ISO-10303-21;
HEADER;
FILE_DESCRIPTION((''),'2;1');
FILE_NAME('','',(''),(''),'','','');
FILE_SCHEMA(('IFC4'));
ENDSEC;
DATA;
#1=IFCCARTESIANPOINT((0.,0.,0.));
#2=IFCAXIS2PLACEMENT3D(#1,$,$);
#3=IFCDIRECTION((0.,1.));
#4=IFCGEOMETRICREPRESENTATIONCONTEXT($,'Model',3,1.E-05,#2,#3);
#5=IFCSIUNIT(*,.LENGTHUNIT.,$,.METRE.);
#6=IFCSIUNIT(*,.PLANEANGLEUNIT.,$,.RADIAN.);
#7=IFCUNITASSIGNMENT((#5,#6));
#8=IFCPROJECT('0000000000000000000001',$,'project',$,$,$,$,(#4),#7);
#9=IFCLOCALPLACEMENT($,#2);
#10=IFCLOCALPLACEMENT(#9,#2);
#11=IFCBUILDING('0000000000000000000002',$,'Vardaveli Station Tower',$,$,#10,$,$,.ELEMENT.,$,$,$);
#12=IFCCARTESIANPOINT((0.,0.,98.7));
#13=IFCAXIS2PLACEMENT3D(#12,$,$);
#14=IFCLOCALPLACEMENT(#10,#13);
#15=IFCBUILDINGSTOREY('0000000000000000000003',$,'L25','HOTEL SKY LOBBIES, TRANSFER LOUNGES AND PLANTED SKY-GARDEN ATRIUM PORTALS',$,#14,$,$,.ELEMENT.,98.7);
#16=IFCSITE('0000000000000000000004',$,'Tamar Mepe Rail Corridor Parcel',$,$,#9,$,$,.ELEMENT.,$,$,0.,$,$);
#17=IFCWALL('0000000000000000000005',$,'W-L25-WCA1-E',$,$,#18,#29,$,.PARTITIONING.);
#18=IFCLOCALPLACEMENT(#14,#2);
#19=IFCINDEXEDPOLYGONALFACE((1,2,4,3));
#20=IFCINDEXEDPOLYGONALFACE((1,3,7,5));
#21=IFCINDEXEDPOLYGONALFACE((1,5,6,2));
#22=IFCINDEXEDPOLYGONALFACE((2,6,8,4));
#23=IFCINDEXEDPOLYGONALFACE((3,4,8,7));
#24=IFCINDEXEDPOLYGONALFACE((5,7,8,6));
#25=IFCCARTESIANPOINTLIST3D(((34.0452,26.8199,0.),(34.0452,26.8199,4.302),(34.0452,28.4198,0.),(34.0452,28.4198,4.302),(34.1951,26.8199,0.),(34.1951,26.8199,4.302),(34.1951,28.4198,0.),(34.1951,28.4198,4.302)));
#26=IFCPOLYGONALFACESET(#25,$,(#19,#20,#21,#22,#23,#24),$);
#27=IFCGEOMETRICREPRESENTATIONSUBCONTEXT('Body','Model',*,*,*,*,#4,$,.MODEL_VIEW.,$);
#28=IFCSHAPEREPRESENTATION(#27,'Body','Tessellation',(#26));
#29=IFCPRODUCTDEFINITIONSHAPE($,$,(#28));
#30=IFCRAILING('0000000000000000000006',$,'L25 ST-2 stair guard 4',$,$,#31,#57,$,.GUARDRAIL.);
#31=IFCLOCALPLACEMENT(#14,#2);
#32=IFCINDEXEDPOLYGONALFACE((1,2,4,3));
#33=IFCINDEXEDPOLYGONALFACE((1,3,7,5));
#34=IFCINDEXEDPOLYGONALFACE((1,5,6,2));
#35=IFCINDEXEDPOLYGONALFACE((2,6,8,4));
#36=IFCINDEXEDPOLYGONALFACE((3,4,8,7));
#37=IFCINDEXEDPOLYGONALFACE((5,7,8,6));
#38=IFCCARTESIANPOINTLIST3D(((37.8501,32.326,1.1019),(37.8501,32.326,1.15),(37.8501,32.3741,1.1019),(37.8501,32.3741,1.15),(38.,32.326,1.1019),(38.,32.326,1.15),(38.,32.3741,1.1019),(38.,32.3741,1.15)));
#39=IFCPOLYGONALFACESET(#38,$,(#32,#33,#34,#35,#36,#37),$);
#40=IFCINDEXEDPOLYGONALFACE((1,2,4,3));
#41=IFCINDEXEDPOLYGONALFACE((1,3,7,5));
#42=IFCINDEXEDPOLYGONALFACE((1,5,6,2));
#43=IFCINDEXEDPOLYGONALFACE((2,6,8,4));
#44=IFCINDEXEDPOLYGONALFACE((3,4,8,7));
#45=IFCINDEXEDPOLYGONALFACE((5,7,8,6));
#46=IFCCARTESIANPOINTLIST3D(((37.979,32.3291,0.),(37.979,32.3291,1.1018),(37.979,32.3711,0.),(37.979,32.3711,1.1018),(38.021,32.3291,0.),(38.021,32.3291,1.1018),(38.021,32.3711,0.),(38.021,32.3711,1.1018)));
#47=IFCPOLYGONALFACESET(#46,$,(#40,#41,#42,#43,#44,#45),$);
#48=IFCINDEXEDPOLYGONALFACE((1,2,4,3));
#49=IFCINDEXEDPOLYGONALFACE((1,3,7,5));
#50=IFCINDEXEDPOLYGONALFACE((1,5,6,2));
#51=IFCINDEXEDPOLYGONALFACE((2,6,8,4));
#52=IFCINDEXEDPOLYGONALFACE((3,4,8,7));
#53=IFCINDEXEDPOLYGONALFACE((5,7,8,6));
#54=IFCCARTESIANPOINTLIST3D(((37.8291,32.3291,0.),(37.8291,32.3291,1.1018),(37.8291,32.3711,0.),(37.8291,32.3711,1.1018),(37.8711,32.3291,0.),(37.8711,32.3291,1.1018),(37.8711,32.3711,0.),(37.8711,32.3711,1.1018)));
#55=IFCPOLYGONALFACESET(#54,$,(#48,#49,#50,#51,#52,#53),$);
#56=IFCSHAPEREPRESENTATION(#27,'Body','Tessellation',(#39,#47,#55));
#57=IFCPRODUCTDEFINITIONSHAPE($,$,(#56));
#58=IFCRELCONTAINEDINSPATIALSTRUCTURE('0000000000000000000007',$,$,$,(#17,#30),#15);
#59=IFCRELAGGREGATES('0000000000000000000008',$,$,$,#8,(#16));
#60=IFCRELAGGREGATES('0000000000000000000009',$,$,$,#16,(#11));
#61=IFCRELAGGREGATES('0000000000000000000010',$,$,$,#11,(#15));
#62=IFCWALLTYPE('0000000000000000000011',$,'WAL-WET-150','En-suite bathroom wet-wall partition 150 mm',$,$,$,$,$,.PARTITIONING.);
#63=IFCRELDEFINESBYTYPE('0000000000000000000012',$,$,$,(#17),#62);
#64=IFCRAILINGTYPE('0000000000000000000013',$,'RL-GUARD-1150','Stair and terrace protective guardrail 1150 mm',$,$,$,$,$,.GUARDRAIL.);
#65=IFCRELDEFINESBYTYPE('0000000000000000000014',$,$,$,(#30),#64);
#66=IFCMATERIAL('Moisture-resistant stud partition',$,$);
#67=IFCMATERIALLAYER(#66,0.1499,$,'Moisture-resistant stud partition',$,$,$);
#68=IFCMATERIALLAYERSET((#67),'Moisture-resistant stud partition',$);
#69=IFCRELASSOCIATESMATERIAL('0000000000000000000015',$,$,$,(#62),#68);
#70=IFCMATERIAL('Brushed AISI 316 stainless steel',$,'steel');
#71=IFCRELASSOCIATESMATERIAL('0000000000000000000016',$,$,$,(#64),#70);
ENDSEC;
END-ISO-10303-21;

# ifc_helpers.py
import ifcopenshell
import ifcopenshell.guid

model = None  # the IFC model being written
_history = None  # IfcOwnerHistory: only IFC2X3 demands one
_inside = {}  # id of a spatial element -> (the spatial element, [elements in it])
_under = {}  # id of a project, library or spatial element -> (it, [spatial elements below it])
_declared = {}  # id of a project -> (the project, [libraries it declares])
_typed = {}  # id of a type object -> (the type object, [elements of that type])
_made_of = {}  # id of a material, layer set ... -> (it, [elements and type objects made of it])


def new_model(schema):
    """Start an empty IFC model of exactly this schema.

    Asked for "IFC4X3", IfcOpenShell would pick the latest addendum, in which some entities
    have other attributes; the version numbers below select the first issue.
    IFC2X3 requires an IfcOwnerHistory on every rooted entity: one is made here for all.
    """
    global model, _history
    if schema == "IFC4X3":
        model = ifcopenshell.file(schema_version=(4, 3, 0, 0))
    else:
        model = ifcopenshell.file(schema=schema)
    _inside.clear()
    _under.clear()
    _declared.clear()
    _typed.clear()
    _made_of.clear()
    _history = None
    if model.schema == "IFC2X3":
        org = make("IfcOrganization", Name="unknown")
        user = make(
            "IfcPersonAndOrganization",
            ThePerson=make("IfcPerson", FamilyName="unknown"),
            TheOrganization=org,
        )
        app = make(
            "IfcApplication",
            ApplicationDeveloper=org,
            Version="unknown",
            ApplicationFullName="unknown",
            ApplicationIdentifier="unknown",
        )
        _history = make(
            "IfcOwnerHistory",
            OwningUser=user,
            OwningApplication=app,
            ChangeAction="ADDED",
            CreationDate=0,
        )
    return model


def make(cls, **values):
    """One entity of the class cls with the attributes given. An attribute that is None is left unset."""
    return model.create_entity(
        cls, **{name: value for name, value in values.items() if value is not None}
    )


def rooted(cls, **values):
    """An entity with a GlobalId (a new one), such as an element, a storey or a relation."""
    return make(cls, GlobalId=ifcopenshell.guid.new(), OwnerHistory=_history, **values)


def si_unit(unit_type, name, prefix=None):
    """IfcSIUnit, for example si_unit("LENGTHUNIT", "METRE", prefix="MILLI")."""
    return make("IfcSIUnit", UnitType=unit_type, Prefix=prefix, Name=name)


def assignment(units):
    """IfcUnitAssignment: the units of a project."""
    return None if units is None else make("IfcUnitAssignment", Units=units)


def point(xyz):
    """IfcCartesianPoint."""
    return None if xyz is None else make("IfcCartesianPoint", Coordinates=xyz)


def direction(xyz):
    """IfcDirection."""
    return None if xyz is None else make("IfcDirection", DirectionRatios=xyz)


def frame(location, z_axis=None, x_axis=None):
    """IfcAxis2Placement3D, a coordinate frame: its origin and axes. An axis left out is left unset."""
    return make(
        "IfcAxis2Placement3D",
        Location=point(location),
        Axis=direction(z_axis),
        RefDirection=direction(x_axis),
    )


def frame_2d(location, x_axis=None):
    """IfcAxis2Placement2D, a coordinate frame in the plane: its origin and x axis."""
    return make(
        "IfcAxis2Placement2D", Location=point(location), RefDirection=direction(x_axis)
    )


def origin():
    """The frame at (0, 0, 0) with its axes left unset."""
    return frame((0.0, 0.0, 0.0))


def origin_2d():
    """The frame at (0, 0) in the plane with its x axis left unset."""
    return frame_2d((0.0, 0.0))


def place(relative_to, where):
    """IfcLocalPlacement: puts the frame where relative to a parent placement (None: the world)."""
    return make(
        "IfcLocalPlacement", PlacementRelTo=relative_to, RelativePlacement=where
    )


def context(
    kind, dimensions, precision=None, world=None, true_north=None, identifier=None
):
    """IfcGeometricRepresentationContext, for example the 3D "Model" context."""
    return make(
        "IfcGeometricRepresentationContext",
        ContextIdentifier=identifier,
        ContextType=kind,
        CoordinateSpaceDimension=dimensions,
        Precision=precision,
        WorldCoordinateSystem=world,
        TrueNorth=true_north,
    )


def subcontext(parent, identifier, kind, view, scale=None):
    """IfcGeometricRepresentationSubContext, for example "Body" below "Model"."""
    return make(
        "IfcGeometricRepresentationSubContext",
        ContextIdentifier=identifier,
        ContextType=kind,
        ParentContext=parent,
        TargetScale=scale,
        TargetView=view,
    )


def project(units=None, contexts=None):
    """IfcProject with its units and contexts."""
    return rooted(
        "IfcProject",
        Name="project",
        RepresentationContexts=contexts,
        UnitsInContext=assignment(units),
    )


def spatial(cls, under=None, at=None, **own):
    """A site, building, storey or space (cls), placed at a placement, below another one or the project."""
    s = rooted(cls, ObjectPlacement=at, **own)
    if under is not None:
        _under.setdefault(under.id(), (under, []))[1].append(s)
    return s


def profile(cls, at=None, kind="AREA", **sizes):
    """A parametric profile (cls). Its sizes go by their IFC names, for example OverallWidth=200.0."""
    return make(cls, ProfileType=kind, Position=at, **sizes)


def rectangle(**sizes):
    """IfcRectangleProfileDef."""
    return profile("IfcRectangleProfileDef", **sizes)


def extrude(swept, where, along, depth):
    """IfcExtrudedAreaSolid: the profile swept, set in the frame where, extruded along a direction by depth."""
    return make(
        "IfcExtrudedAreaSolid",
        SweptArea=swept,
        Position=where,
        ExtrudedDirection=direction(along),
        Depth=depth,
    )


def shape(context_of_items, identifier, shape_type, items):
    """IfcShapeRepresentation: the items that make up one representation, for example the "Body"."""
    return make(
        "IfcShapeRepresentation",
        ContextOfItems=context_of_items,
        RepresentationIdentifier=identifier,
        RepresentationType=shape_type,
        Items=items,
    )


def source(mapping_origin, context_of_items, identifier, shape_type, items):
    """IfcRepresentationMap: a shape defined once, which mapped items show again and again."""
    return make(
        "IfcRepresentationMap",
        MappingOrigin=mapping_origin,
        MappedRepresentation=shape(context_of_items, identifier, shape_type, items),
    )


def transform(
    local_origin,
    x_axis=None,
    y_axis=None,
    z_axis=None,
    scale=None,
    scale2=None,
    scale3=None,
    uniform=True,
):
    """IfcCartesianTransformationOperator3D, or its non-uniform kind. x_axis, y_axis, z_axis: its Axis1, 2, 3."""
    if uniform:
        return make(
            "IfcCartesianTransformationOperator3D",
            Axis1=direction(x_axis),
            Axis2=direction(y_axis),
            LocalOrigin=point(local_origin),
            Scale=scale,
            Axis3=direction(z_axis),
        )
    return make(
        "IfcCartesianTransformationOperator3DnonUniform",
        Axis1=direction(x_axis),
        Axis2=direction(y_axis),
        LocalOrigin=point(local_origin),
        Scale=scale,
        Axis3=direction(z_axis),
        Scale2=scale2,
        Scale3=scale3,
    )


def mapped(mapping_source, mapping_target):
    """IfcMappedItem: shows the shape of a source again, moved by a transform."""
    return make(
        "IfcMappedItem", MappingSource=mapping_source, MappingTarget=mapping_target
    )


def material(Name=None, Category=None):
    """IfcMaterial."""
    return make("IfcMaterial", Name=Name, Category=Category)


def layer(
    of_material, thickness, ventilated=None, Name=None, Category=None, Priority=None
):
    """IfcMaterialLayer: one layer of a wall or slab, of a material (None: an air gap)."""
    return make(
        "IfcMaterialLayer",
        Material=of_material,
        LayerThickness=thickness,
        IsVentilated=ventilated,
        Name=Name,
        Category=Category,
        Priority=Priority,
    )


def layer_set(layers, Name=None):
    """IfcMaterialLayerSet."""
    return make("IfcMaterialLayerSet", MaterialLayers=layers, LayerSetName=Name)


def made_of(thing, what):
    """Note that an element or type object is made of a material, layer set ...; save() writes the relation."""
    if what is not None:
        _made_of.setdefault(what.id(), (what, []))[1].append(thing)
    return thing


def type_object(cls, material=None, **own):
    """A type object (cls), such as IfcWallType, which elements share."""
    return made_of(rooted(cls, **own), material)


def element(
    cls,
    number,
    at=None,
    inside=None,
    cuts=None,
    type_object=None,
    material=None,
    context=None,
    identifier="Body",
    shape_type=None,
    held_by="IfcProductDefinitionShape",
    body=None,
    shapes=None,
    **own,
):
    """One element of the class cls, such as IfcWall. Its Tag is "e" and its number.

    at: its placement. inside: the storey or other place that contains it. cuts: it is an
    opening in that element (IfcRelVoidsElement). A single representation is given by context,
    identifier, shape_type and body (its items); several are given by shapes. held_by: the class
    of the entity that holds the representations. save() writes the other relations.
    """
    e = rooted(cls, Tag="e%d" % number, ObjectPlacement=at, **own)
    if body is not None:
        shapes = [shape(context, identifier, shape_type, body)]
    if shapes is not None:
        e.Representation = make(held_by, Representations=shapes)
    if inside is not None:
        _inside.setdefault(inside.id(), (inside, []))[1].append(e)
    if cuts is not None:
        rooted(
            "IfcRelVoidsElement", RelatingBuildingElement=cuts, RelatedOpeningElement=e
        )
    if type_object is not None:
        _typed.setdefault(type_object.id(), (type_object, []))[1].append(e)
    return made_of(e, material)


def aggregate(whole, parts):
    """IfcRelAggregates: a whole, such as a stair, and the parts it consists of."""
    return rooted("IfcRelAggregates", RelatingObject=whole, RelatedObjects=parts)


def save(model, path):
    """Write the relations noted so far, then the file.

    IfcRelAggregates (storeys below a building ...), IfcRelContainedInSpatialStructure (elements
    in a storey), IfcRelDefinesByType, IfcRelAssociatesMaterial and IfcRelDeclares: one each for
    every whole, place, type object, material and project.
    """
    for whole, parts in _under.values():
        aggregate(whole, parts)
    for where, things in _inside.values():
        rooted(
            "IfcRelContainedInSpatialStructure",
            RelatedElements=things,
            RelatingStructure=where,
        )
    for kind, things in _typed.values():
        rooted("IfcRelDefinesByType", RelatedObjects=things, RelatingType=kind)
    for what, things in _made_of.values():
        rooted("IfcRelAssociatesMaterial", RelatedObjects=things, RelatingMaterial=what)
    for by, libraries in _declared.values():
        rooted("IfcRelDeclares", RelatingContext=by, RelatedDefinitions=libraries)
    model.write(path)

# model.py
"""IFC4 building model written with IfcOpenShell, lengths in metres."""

from ifc_helpers import new_model, si_unit, direction, frame, frame_2d, origin, origin_2d, place, context, subcontext, project, spatial, rectangle, extrude, source, transform, mapped, material, layer, layer_set, type_object, element, save


model = new_model("IFC4")

# Units and contexts
model_context = context("Model", 3, precision=1e-05, world=origin(), true_north=direction((0.0, 1.0)))
body_context = subcontext(model_context, "Body", "Model", "MODEL_VIEW")
ifc_project = project(units=[si_unit("LENGTHUNIT", "METRE"), si_unit("PLANEANGLEUNIT", "RADIAN")], contexts=[model_context])

# Site, building, storey
site_placement = place(None, origin())
site = spatial("IfcSite", under=ifc_project, at=site_placement, Name="Tamar Mepe Rail Corridor Parcel", CompositionType="ELEMENT", RefElevation=0.0)
building_placement = place(site_placement, origin())
building = spatial("IfcBuilding", under=site, at=building_placement, Name="Vardaveli Station Tower", CompositionType="ELEMENT")
storey_placement = place(building_placement, frame((0.0, 0.0, 98.7)))
storey = spatial("IfcBuildingStorey", under=building, at=storey_placement, Name="L25", Description="HOTEL SKY LOBBIES, TRANSFER LOUNGES AND PLANTED SKY-GARDEN ATRIUM PORTALS", CompositionType="ELEMENT", Elevation=98.7)

# Wall
ifc_material_1 = material(Name="Moisture-resistant stud partition")
ifc_layer_1 = layer(ifc_material_1, 0.1499, Name="Moisture-resistant stud partition")
ifc_layer_set_1 = layer_set([ifc_layer_1], Name="Moisture-resistant stud partition")
wall_type_1 = type_object("IfcWallType", Name="WAL-WET-150", Description="En-suite bathroom wet-wall partition 150 mm", PredefinedType="PARTITIONING", material=ifc_layer_set_1)
shared_shape_1 = source(origin(), body_context, "Body", "SweptSolid", [
    extrude(rectangle(XDim=1.5999, YDim=0.1499, at=frame_2d((0.7998, 0.0))), origin(), (0.0, 0.0, 1.0), 4.302),
])
wall_1_placement = place(storey_placement, frame((34.1201, 26.8201, 0.0), z_axis=(0.0, 0.0, 1.0), x_axis=(0.0, 1.0, 0.0)))
element("IfcWall", 1, at=wall_1_placement, inside=storey, type_object=wall_type_1, Name="W-L25-WCA1-E", PredefinedType="PARTITIONING", context=body_context, shape_type="MappedRepresentation", body=[
    mapped(shared_shape_1, transform((0.0, 0.0, 0.0), scale=1.0)),
])

# Railing
ifc_material_2 = material(Name="Brushed AISI 316 stainless steel", Category="steel")
railing_type = type_object("IfcRailingType", Name="RL-GUARD-1150", Description="Stair and terrace protective guardrail 1150 mm", PredefinedType="GUARDRAIL", material=ifc_material_2)
shared_shape_2 = source(origin(), body_context, "Body", "SweptSolid", [
    extrude(rectangle(XDim=0.0481, YDim=0.0481, at=origin_2d()), frame((0.0, 0.0, 1.126), z_axis=(-1.0, 0.0, 0.0), x_axis=(0.0, -1.0, 0.0)), (0.0, 0.0, 1.0), 0.1499),
    extrude(rectangle(XDim=0.042, YDim=0.042, at=origin_2d()), origin(), (0.0, 0.0, 1.0), 1.1018),
    extrude(rectangle(XDim=0.042, YDim=0.042, at=origin_2d()), frame((-0.1499, 0.0, 0.0)), (0.0, 0.0, 1.0), 1.1018),
])
railing_placement = place(storey_placement, frame((38.0, 32.3501, 0.0)))
element("IfcRailing", 2, at=railing_placement, inside=storey, type_object=railing_type, Name="L25 ST-2 stair guard 4", PredefinedType="GUARDRAIL", context=body_context, shape_type="MappedRepresentation", body=[
    mapped(shared_shape_2, transform((0.0, 0.0, 0.0), scale=1.0)),
])

save(model, "model.ifc")
